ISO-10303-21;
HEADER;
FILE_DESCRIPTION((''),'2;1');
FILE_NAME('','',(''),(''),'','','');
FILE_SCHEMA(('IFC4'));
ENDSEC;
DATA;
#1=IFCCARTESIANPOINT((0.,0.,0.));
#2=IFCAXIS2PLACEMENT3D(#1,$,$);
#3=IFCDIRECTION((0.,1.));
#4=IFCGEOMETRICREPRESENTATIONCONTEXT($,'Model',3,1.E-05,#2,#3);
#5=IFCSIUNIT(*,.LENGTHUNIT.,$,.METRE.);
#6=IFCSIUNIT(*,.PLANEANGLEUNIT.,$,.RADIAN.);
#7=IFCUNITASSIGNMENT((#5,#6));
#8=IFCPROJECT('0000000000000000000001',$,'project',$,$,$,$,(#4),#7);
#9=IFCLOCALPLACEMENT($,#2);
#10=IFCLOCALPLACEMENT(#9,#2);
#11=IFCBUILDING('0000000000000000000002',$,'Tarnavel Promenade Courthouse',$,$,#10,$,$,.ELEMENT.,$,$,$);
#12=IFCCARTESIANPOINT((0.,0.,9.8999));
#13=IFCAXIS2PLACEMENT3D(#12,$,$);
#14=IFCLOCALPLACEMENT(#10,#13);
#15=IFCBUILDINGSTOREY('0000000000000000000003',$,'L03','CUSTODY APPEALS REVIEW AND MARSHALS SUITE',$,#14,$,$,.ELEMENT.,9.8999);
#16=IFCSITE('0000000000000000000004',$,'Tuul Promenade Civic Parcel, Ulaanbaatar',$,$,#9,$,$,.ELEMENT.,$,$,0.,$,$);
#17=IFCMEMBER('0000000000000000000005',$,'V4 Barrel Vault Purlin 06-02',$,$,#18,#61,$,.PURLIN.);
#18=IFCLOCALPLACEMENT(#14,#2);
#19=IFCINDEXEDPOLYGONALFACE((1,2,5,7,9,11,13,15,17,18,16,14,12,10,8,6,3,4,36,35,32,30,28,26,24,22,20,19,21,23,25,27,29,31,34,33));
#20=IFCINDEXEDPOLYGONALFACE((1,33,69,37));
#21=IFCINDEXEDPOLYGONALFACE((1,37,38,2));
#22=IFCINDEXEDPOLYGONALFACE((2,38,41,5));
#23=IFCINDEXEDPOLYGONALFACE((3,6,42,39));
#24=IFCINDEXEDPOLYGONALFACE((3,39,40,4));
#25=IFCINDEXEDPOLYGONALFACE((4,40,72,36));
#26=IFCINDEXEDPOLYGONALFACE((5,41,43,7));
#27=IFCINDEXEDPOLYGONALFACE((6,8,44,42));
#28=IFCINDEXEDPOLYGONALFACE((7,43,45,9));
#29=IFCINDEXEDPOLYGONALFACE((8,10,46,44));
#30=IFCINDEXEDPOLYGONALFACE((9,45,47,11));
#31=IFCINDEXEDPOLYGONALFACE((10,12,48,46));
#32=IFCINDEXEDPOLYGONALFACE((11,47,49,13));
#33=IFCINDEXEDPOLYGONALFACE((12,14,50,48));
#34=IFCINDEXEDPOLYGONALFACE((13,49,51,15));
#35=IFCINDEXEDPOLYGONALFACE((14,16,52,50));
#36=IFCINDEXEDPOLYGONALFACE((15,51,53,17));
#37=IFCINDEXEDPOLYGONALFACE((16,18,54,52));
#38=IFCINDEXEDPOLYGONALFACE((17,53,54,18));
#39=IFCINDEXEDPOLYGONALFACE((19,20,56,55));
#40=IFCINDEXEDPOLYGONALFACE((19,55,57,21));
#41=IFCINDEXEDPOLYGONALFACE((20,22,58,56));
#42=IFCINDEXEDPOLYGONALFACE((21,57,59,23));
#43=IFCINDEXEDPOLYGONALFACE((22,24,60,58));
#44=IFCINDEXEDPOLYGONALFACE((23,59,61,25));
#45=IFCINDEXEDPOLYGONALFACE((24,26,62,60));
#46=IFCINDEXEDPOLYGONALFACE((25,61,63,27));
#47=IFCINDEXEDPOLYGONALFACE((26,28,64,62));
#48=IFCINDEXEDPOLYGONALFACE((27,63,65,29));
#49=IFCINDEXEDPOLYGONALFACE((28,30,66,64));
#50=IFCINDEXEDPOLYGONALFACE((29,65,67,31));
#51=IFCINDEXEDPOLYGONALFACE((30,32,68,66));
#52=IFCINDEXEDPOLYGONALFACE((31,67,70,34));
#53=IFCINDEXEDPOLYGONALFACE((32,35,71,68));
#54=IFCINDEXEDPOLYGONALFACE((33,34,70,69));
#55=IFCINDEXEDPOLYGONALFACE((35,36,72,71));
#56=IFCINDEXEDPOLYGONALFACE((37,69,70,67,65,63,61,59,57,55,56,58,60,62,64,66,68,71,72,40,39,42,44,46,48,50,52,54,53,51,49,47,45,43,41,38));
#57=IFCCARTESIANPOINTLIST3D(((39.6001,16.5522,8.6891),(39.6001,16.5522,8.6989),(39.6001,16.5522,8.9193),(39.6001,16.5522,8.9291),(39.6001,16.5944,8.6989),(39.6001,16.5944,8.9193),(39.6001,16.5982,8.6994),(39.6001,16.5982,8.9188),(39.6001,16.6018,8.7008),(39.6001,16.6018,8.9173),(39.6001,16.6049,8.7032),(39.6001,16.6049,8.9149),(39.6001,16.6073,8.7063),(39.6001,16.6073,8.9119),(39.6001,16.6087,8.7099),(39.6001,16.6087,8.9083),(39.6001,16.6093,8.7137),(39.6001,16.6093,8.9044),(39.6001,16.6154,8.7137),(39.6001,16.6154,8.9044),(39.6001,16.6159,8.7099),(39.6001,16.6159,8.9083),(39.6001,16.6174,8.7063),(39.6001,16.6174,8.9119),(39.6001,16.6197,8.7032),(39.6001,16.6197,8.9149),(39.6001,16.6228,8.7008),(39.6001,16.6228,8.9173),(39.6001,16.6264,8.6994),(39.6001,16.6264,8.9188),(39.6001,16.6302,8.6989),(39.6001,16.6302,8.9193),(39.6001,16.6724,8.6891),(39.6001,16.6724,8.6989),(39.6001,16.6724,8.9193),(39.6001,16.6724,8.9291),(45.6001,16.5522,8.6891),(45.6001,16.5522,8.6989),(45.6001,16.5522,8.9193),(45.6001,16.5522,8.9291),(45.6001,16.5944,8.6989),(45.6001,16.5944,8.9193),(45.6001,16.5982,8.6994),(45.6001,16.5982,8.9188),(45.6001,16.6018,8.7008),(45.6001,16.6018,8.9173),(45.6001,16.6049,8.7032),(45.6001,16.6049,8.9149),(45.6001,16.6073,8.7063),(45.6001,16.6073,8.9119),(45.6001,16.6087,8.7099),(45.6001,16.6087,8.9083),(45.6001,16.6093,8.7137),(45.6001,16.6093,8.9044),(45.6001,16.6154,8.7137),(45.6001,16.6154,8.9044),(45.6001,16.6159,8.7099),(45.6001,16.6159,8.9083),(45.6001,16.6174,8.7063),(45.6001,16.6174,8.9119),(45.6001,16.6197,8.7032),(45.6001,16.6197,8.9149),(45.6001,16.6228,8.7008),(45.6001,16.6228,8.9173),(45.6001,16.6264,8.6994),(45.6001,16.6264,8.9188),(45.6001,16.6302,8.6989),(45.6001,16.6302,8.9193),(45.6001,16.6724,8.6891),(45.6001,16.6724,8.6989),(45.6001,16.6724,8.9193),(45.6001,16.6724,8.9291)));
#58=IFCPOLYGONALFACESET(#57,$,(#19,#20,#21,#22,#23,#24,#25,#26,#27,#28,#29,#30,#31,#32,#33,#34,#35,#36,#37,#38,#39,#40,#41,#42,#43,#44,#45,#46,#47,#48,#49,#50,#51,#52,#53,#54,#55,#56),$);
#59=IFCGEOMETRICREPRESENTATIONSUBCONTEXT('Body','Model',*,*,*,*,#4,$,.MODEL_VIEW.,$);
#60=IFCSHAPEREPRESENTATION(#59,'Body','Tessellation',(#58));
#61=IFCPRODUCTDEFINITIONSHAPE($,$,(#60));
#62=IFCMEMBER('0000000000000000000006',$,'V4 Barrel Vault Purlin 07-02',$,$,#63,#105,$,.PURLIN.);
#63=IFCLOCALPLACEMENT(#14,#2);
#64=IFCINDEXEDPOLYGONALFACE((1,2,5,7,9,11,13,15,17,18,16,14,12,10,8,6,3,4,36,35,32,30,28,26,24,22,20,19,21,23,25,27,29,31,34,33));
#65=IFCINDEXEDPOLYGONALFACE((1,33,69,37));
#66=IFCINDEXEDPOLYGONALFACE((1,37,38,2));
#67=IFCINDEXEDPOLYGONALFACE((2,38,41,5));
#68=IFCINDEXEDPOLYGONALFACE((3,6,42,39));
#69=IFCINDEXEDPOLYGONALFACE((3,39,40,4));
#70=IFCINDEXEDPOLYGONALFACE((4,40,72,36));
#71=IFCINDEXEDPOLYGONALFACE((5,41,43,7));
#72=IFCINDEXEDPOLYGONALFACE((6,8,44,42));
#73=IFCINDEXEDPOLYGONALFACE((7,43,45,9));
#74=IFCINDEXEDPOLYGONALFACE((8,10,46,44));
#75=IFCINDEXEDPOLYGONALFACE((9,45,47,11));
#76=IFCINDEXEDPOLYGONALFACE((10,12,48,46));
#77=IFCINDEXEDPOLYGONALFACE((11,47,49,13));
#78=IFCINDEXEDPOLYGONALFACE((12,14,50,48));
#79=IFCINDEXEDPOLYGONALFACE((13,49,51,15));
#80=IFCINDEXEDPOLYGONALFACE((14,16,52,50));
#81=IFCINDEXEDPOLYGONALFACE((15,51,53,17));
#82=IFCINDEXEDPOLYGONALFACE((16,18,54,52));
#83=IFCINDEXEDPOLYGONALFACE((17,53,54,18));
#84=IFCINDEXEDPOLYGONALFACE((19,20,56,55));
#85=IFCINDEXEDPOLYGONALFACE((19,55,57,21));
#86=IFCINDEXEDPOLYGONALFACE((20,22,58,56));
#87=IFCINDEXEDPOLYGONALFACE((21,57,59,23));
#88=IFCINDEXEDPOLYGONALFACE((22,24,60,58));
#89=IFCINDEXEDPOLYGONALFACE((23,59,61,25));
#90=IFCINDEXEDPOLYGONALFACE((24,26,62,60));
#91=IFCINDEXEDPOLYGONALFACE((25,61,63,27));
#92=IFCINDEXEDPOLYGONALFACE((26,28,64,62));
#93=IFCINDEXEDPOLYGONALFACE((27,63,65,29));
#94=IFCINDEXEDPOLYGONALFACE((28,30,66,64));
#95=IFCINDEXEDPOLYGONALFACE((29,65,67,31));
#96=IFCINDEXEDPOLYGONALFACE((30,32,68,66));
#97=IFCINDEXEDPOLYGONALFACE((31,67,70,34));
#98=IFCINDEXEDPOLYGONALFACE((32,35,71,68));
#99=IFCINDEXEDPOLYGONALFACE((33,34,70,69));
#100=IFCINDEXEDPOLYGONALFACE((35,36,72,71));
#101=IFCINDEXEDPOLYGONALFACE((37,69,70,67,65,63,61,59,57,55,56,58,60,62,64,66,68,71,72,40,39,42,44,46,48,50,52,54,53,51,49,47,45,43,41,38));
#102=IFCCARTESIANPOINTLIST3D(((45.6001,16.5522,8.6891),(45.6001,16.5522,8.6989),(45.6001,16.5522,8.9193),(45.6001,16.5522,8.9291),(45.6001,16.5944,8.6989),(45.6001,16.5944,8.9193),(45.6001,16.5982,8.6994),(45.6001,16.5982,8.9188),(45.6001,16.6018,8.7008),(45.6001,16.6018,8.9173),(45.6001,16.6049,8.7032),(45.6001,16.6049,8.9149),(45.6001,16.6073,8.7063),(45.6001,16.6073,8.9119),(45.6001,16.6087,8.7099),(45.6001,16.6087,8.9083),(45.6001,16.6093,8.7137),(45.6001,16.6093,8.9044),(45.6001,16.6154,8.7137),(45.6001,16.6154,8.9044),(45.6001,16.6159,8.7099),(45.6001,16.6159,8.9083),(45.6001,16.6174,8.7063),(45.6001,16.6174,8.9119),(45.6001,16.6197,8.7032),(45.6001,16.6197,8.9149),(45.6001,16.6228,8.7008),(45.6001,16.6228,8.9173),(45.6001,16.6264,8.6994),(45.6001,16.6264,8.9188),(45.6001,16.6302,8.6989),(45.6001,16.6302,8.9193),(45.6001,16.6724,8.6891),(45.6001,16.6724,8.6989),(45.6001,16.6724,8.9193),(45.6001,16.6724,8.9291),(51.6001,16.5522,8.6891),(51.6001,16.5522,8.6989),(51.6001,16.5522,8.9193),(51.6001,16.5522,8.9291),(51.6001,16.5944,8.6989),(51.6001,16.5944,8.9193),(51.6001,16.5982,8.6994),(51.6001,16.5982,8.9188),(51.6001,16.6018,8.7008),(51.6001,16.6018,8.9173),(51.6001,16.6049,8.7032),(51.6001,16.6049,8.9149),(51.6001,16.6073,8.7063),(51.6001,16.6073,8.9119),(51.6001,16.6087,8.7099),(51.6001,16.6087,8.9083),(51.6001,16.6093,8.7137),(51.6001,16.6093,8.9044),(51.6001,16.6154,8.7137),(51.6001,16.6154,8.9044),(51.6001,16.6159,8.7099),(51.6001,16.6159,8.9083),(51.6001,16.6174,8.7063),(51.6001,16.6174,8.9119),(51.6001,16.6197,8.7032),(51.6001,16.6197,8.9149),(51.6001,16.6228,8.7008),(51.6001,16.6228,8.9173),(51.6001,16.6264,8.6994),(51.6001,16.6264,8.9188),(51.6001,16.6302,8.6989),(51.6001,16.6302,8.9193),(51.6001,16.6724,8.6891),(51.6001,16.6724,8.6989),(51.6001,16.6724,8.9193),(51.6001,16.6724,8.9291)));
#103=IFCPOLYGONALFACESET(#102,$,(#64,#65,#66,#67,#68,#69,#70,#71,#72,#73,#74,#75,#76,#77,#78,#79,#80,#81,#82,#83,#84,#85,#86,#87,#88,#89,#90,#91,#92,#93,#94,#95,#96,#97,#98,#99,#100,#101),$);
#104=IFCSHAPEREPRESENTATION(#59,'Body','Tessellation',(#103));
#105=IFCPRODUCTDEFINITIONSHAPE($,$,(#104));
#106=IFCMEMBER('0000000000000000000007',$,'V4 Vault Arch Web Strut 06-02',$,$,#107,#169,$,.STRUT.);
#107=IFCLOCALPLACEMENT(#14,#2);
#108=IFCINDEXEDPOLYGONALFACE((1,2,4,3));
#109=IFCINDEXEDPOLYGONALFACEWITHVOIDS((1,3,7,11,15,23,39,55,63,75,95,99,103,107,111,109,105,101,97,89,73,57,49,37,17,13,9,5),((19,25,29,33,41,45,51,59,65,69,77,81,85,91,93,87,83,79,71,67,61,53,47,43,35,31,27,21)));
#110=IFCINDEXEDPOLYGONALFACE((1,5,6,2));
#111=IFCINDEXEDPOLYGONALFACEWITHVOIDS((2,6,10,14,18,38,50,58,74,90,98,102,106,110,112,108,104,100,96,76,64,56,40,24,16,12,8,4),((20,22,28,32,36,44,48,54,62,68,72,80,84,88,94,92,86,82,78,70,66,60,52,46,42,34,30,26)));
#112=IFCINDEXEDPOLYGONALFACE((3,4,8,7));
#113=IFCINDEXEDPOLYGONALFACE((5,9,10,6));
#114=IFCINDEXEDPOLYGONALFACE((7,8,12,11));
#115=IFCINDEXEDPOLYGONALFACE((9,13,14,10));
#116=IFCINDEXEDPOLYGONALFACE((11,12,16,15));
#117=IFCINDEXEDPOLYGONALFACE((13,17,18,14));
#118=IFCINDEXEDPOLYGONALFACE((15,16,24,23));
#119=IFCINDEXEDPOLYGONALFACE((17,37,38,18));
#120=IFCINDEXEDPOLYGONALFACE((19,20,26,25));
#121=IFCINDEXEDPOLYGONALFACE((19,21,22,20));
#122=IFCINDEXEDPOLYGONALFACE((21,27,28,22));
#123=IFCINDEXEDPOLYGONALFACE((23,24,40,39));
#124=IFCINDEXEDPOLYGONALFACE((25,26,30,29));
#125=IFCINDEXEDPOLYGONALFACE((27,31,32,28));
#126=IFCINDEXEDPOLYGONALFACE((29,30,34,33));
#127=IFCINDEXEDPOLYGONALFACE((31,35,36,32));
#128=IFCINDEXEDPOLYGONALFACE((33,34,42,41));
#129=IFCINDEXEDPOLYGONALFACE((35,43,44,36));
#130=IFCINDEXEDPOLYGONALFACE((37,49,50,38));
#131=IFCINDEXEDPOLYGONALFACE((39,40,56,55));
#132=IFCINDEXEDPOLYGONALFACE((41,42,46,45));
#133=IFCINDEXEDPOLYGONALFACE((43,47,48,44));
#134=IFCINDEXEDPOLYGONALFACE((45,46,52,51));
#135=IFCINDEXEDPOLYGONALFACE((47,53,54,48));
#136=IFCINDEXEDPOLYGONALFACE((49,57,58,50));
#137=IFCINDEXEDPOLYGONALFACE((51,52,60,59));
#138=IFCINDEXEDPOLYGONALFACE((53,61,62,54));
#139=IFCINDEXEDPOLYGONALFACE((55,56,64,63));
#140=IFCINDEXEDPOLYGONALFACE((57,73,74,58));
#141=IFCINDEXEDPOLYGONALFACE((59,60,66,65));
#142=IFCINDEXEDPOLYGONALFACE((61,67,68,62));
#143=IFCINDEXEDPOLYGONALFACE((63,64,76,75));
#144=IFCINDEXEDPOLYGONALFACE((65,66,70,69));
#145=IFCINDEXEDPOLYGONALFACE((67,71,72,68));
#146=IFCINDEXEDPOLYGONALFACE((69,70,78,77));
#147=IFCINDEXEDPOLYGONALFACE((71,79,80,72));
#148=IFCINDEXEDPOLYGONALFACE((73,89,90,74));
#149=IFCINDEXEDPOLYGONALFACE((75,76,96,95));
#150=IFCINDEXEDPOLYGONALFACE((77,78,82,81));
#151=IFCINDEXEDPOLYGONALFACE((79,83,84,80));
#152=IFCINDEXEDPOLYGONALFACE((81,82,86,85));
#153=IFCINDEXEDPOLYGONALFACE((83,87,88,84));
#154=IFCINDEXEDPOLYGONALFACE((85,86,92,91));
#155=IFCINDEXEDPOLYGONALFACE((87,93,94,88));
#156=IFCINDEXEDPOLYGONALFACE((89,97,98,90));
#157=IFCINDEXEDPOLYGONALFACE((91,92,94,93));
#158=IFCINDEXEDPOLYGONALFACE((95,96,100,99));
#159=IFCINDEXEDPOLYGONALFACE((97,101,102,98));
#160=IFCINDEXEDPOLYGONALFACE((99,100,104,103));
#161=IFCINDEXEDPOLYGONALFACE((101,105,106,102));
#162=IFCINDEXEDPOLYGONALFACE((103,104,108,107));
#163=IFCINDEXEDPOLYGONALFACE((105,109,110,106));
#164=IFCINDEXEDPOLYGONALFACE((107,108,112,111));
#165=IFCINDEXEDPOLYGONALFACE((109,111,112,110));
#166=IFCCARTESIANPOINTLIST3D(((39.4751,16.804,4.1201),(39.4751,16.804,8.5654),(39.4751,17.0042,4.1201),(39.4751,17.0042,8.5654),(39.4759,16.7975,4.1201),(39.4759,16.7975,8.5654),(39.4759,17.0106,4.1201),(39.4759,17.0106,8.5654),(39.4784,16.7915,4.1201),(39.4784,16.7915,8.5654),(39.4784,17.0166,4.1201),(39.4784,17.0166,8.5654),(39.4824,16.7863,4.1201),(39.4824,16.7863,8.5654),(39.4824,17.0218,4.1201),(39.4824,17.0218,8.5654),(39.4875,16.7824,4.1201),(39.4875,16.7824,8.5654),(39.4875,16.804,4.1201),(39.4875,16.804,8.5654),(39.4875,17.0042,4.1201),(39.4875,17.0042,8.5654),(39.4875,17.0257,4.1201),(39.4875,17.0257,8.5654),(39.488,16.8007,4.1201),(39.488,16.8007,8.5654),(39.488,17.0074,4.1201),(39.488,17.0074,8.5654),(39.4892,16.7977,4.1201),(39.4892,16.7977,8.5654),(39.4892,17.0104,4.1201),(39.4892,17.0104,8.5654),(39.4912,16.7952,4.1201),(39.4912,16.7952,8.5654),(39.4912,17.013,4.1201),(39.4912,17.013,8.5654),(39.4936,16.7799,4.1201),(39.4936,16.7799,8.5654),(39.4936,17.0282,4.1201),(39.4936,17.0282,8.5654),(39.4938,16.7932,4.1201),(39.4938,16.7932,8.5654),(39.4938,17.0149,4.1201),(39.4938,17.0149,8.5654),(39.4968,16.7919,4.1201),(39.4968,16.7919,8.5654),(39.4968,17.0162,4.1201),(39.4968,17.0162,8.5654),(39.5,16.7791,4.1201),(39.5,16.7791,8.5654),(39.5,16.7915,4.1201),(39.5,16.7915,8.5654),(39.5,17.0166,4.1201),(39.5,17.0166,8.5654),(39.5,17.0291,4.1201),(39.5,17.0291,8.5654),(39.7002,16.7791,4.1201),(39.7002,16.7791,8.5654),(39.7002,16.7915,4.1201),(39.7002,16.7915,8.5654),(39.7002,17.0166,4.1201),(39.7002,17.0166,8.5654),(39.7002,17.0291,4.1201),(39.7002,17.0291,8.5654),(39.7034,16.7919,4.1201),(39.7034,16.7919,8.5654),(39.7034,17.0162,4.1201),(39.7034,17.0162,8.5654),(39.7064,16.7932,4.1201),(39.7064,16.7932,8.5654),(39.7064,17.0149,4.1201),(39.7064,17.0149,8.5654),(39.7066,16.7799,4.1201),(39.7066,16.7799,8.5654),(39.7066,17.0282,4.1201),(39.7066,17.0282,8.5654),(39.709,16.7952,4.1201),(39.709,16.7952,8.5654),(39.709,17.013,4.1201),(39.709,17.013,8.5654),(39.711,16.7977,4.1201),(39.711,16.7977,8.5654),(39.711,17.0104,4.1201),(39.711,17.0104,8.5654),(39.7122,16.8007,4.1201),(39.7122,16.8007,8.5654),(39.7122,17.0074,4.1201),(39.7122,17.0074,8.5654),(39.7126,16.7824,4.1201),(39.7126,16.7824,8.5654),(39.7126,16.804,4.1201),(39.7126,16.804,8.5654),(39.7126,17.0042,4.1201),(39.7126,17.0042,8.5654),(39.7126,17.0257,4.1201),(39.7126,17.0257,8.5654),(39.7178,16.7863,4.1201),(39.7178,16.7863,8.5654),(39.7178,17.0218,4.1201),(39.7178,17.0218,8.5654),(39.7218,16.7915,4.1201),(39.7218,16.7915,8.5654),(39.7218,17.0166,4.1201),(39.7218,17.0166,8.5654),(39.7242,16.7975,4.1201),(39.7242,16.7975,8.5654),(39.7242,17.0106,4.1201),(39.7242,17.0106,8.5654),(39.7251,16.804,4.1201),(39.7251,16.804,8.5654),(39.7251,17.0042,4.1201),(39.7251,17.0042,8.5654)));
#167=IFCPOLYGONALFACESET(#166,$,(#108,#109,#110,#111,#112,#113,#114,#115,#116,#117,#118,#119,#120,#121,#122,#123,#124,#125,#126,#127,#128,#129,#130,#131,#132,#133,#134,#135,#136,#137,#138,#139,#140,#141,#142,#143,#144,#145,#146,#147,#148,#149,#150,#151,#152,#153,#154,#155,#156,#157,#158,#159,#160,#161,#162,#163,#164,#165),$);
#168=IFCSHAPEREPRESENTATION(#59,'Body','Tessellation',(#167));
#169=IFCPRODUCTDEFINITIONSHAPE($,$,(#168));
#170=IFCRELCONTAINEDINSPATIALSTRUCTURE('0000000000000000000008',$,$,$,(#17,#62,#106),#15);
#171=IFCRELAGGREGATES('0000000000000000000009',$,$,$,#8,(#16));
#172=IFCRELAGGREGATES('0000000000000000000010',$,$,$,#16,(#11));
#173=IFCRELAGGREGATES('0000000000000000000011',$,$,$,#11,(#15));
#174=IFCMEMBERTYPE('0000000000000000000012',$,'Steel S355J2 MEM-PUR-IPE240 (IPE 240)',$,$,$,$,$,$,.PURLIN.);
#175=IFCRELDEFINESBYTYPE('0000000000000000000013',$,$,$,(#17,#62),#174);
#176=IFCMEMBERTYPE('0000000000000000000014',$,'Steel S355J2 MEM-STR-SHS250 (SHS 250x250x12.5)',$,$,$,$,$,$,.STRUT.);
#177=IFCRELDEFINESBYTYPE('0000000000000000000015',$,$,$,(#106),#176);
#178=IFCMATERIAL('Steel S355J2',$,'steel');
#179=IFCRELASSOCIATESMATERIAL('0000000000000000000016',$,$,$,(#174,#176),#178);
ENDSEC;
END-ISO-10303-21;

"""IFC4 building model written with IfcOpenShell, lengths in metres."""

from ifc_helpers import new_model, si_unit, direction, frame, origin, origin_2d, place, context, subcontext, project, spatial, hollow_rectangle, i_section, extrude, material, material_profile, profile_set, type_object, element, save


model = new_model("IFC4")

# Units and contexts
model_context = context("Model", 3, precision=1e-05, world=origin(), true_north=direction((0.0, 1.0)))
body_context = subcontext(model_context, "Body", "Model", "MODEL_VIEW")
ifc_project = project(units=[si_unit("LENGTHUNIT", "METRE"), si_unit("PLANEANGLEUNIT", "RADIAN")], contexts=[model_context])

# Site, building, storey
site_placement = place(None, origin())
site = spatial("IfcSite", under=ifc_project, at=site_placement, Name="Tuul Promenade Civic Parcel, Ulaanbaatar", CompositionType="ELEMENT", RefElevation=0.0)
building_placement = place(site_placement, origin())
building = spatial("IfcBuilding", under=site, at=building_placement, Name="Tarnavel Promenade Courthouse", CompositionType="ELEMENT")
storey_placement = place(building_placement, frame((0.0, 0.0, 9.8999)))
storey = spatial("IfcBuildingStorey", under=building, at=storey_placement, Name="L03", Description="CUSTODY APPEALS REVIEW AND MARSHALS SUITE", CompositionType="ELEMENT", Elevation=9.8999)

# Shared definitions
ifc_material_1 = material(Name="Steel S355J2", Category="steel")

# Members
ifc_material_profile_1 = material_profile(ifc_material_1, i_section(OverallWidth=0.1201, OverallDepth=0.24, WebThickness=0.0061, FlangeThickness=0.0098, FilletRadius=0.0149, at=origin_2d()), Name="IPE 240")
ifc_profile_set_1 = profile_set([ifc_material_profile_1], Name="Steel S355J2")
member_type_1 = type_object("IfcMemberType", Name="Steel S355J2 MEM-PUR-IPE240 (IPE 240)", PredefinedType="PURLIN", material=ifc_profile_set_1)
for number, where, z_axis, x_axis, name in (
    (1, (39.6001, 16.6123, 8.8091), (1.0, 0.0, 0.0), (0.0, 1.0, 0.0), "V4 Barrel Vault Purlin 06-02"),
    (2, (45.6001, 16.6123, 8.8091), (1.0, 0.0, 0.0), (0.0, 1.0, 0.0), "V4 Barrel Vault Purlin 07-02"),
):
    element("IfcMember", number, at=place(storey_placement, frame(where, z_axis=z_axis, x_axis=x_axis)), inside=storey, type_object=member_type_1, Name=name, PredefinedType="PURLIN", context=body_context, shape_type="SweptSolid", body=[
        extrude(i_section(OverallWidth=0.1201, OverallDepth=0.24, WebThickness=0.0061, FlangeThickness=0.0098, FilletRadius=0.0149, at=origin_2d()), origin(), (0.0, 0.0, 1.0), 6.0),
    ])
ifc_material_profile_2 = material_profile(ifc_material_1, hollow_rectangle(XDim=0.25, YDim=0.25, WallThickness=0.0125, InnerFilletRadius=0.0125, OuterFilletRadius=0.0249, at=origin_2d()), Name="SHS 250x250x12.5")
ifc_profile_set_2 = profile_set([ifc_material_profile_2], Name="Steel S355J2")
member_type_2 = type_object("IfcMemberType", Name="Steel S355J2 MEM-STR-SHS250 (SHS 250x250x12.5)", PredefinedType="STRUT", material=ifc_profile_set_2)
for number, where, z_axis, x_axis, name in (
    (3, (39.6001, 16.9041, 4.1201), (0.0, 0.0, 1.0), (1.0, 0.0, 0.0), "V4 Vault Arch Web Strut 06-02"),
):
    element("IfcMember", number, at=place(storey_placement, frame(where, z_axis=z_axis, x_axis=x_axis)), inside=storey, type_object=member_type_2, Name=name, PredefinedType="STRUT", context=body_context, shape_type="SweptSolid", body=[
        extrude(hollow_rectangle(XDim=0.25, YDim=0.25, WallThickness=0.0125, InnerFilletRadius=0.0125, OuterFilletRadius=0.0249, at=origin_2d()), origin(), (0.0, 0.0, 1.0), 4.4453),
    ])

save(model, "model.ifc")
